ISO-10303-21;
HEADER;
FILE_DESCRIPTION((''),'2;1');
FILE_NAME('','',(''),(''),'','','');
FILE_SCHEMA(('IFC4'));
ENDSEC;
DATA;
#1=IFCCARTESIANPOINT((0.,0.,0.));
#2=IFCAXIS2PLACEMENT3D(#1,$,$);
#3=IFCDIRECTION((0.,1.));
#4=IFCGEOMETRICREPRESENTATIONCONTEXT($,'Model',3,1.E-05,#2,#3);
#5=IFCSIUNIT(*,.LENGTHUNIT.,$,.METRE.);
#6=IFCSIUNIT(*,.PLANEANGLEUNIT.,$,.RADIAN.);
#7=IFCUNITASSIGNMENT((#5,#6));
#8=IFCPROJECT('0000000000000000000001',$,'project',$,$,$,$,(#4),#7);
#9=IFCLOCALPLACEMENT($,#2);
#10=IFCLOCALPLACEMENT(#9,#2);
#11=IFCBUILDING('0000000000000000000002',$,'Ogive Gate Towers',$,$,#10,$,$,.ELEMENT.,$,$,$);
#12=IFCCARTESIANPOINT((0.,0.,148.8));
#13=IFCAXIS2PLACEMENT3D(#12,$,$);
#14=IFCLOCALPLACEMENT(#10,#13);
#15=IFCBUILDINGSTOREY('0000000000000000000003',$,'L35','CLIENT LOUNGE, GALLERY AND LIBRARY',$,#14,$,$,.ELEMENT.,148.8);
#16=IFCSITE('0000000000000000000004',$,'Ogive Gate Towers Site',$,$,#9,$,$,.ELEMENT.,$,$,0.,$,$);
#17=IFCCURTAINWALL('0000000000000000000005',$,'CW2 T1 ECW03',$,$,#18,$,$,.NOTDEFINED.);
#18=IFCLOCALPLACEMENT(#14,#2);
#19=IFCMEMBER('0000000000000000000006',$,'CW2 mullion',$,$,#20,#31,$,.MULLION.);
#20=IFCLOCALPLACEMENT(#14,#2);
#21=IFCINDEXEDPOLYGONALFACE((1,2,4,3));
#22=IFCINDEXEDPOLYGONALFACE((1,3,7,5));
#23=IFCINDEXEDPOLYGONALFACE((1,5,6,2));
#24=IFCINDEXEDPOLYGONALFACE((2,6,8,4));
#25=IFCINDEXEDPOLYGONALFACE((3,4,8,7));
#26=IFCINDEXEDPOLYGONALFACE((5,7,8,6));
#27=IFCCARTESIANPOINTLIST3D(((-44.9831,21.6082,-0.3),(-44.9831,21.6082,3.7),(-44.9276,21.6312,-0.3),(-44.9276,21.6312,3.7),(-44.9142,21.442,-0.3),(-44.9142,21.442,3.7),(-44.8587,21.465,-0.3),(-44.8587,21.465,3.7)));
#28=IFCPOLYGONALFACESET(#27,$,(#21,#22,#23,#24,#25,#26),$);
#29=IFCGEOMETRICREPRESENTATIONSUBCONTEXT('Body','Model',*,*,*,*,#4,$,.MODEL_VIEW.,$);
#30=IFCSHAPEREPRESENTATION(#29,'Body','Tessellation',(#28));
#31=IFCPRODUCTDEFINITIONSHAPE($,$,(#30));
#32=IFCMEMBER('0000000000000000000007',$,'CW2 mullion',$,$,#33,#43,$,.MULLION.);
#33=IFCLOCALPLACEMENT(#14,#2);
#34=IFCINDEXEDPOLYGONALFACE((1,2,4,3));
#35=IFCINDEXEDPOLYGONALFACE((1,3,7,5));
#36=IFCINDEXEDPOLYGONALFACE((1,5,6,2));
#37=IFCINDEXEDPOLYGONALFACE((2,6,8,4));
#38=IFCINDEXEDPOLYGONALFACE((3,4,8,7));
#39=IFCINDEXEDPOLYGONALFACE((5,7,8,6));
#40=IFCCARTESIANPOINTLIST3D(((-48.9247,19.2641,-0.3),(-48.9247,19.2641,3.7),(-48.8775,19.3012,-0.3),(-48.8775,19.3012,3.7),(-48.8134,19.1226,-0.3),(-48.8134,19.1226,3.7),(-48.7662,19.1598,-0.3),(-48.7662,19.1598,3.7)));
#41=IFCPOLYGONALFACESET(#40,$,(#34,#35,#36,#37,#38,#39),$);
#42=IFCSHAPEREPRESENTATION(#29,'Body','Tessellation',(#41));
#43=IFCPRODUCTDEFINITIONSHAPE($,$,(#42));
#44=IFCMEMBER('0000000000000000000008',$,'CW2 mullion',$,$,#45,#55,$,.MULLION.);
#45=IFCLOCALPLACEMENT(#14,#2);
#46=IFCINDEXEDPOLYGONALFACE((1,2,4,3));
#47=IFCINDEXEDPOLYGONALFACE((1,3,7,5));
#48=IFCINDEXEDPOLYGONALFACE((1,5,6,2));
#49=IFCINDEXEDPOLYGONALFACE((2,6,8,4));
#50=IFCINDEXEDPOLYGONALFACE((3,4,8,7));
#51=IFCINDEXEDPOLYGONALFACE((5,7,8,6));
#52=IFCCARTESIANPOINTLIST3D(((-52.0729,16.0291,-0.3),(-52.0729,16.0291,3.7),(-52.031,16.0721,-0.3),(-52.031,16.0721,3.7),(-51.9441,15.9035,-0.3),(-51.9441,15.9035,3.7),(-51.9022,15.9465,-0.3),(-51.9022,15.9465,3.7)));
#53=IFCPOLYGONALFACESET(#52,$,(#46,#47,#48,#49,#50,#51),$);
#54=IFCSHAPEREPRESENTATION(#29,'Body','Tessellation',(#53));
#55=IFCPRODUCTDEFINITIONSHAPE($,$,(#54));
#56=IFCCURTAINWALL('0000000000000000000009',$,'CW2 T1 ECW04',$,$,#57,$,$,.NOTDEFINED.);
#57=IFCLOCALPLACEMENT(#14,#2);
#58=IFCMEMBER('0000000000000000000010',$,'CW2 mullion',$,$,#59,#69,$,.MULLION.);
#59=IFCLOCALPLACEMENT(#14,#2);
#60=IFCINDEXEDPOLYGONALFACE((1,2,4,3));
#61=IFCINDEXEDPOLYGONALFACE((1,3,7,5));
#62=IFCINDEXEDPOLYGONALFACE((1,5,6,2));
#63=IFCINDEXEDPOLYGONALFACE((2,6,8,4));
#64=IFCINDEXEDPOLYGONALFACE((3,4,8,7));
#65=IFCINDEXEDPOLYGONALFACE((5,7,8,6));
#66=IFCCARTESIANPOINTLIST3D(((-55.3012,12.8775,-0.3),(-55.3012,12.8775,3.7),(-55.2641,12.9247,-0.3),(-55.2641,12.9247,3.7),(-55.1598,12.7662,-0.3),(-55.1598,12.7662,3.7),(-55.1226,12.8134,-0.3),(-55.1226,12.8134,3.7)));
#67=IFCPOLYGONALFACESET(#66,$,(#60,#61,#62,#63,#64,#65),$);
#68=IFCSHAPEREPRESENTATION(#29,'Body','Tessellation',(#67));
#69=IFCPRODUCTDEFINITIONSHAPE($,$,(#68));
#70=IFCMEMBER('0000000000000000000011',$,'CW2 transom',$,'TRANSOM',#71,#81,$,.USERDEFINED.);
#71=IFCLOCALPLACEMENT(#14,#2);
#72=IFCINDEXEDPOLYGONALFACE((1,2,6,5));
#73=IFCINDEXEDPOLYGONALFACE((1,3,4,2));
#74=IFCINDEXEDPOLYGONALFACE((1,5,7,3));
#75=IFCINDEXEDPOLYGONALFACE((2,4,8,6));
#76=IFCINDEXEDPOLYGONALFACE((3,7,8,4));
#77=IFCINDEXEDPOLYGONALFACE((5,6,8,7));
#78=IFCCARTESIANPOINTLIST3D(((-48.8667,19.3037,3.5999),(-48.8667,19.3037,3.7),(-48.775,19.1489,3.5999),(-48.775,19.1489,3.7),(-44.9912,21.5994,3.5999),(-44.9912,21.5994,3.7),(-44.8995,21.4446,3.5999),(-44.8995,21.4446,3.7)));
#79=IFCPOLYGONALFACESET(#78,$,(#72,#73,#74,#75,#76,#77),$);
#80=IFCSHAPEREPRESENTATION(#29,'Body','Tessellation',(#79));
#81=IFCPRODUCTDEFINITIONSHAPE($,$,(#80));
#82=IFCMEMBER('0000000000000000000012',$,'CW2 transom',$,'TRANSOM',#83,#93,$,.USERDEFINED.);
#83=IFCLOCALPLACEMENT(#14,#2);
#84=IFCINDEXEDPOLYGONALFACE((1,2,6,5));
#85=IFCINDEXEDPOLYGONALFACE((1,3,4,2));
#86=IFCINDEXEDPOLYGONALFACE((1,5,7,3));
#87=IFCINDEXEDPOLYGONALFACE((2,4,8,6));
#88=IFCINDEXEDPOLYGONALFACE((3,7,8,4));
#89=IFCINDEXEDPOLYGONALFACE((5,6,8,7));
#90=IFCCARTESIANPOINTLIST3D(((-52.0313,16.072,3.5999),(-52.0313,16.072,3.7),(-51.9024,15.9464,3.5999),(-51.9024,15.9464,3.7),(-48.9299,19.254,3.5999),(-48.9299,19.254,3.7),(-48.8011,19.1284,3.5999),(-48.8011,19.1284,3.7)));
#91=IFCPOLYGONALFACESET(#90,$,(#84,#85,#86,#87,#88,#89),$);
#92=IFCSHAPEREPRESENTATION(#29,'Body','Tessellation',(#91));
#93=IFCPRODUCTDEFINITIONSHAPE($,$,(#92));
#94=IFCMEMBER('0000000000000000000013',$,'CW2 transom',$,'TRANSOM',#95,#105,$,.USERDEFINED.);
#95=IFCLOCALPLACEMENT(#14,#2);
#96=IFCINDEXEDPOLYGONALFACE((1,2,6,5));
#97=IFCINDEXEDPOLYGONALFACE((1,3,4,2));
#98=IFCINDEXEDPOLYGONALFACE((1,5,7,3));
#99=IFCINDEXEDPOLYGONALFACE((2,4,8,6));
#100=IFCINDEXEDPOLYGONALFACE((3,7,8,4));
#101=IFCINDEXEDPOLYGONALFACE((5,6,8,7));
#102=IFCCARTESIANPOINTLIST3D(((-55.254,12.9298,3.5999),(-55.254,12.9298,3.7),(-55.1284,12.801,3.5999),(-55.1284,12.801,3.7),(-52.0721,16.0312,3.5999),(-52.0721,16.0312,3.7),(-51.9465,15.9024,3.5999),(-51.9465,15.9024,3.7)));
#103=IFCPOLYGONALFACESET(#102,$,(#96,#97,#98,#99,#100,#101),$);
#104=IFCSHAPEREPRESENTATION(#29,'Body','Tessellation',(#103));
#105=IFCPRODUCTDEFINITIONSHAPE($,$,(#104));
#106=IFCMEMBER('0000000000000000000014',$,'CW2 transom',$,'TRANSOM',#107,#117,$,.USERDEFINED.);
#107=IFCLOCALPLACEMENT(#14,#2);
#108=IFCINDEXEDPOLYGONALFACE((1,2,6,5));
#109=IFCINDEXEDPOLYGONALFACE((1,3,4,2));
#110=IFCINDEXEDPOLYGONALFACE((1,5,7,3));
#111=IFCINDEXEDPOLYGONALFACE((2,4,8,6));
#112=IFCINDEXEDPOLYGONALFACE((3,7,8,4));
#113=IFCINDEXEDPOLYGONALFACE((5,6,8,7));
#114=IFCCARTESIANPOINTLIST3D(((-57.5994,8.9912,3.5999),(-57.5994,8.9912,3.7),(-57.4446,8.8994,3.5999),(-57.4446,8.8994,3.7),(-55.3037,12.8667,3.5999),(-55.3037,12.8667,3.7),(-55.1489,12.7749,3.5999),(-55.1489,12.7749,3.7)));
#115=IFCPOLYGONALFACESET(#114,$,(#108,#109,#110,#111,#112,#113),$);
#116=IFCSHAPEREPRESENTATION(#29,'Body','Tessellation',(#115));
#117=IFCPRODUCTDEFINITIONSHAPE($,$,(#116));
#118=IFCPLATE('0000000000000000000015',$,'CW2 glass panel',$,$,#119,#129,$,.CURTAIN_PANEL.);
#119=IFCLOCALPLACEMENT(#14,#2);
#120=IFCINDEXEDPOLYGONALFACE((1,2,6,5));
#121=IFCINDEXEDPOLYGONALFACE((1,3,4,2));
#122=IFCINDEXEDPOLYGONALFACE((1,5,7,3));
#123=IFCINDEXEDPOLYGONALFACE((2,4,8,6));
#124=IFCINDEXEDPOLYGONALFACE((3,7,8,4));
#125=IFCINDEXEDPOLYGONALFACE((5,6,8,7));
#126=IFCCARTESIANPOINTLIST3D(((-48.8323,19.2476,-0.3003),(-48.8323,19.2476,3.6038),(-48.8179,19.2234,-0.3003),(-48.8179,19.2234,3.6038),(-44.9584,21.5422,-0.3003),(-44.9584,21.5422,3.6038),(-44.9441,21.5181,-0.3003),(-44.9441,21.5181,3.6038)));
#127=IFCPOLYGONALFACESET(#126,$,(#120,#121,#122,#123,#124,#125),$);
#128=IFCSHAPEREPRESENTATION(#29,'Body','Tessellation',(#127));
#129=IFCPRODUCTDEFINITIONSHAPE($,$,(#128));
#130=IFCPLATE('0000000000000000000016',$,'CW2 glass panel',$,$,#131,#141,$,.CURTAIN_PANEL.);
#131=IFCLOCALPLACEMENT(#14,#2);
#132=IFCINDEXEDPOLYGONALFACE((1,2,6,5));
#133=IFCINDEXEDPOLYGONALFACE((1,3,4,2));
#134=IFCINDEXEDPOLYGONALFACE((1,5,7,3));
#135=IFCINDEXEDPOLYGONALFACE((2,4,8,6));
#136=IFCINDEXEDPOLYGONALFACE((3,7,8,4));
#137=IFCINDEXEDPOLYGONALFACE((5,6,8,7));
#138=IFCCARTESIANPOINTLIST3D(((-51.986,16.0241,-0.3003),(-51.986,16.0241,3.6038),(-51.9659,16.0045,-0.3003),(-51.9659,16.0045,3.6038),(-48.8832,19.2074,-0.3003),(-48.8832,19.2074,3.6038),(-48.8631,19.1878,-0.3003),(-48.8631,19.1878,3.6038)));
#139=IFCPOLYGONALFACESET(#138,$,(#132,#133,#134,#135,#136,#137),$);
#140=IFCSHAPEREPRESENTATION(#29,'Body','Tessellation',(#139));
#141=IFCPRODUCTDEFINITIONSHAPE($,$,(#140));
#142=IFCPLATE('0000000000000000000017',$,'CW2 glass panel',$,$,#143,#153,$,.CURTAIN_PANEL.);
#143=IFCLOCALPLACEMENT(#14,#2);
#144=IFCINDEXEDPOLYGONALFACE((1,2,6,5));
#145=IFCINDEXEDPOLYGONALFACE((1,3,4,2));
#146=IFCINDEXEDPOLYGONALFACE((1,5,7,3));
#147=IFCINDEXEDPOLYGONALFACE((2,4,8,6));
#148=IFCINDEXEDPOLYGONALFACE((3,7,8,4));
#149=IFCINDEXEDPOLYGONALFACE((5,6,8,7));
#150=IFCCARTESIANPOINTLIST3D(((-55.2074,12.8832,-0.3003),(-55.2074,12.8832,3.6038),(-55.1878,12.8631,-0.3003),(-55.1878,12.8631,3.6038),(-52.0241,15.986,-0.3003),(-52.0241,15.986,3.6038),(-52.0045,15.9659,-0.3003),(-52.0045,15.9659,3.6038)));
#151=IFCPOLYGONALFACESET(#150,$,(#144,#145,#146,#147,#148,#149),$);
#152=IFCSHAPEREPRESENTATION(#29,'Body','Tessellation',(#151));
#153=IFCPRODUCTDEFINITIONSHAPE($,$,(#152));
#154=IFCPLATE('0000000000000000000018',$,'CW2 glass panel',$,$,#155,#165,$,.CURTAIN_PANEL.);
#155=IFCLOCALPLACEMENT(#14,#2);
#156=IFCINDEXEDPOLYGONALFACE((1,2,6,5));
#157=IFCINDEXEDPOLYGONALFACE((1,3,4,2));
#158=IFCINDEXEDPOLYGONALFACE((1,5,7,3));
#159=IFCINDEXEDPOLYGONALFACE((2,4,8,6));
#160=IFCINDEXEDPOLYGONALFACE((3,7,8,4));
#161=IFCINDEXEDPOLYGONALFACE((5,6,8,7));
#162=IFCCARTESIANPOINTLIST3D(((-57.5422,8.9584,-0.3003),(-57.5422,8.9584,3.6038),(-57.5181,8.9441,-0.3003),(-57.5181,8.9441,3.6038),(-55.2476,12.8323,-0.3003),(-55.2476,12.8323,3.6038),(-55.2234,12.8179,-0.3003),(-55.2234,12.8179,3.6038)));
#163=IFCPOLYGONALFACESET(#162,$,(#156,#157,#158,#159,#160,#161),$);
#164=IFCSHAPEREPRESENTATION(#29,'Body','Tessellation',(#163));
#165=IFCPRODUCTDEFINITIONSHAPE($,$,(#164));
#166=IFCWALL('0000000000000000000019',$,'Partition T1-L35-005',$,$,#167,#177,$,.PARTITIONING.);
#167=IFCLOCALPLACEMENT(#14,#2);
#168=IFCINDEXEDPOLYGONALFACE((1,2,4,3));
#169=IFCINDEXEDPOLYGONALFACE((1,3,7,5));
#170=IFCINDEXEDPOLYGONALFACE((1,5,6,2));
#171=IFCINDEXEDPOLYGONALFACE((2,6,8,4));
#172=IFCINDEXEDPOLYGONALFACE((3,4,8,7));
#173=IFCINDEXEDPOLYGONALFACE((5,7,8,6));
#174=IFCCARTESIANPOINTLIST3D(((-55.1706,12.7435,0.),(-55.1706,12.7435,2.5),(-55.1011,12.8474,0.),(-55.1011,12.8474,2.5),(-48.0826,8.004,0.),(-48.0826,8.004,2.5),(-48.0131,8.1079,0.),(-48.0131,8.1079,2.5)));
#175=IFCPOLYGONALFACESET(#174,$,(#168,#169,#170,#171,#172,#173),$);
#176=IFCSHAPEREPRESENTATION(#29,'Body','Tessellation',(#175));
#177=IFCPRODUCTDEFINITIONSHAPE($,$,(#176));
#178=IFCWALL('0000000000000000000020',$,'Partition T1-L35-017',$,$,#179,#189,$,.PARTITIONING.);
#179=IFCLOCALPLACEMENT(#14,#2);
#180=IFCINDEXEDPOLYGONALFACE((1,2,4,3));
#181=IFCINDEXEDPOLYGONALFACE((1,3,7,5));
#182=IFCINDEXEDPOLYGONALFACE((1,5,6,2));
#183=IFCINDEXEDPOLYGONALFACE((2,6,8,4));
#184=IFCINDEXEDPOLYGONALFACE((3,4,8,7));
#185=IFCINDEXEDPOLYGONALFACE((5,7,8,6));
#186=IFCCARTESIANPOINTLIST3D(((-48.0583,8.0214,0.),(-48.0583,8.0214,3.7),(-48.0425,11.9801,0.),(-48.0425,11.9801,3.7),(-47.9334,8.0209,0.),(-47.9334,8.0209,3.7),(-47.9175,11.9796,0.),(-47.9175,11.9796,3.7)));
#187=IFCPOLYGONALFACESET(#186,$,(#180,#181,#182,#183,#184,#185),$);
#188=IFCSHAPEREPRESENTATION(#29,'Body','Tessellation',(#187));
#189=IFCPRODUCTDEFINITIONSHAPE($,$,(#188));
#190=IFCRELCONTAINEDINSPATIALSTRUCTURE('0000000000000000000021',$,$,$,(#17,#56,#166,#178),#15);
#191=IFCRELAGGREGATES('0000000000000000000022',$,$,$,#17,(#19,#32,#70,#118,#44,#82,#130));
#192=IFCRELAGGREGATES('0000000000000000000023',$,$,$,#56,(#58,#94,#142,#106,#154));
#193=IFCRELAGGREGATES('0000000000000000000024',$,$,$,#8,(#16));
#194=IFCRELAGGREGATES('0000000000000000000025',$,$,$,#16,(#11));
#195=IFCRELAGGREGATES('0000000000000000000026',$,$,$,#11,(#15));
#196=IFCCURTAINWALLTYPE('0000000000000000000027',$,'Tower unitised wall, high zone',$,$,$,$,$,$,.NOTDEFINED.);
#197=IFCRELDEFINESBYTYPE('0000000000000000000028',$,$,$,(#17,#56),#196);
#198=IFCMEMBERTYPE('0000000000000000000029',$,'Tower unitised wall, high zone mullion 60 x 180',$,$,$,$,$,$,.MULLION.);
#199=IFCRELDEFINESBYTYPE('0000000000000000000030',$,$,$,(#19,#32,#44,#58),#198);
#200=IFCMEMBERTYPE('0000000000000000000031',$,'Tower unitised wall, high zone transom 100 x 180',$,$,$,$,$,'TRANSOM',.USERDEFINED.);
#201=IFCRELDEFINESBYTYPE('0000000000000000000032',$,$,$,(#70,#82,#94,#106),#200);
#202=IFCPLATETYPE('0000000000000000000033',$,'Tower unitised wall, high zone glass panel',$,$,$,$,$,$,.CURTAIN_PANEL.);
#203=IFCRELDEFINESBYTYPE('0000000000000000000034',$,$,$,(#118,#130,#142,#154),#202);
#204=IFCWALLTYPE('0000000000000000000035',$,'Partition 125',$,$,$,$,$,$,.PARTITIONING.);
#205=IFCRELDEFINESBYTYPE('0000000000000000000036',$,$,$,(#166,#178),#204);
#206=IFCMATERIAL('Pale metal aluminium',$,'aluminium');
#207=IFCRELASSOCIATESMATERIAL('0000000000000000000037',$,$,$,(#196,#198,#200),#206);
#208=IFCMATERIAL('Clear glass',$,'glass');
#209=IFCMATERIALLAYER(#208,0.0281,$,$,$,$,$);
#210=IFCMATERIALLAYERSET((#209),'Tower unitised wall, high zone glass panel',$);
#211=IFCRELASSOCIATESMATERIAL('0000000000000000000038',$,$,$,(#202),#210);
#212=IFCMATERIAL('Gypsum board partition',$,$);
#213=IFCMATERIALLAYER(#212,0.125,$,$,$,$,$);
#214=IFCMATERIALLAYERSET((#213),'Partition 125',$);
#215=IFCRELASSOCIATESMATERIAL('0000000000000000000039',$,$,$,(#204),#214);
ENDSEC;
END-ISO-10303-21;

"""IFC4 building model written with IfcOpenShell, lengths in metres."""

from ifc_helpers import new_model, si_unit, direction, frame, frame_2d, origin, origin_2d, place, context, subcontext, project, spatial, rectangle, extrude, material, layer, layer_set, material_profile, profile_set, type_object, element, aggregate, save


model = new_model("IFC4")

# Units and contexts
model_context = context("Model", 3, precision=1e-05, world=origin(), true_north=direction((0.0, 1.0)))
body_context = subcontext(model_context, "Body", "Model", "MODEL_VIEW")
ifc_project = project(units=[si_unit("LENGTHUNIT", "METRE"), si_unit("PLANEANGLEUNIT", "RADIAN")], contexts=[model_context])

# Site, building, storey
site_placement = place(None, origin())
site = spatial("IfcSite", under=ifc_project, at=site_placement, Name="Ogive Gate Towers Site", CompositionType="ELEMENT", RefElevation=0.0)
building_placement = place(site_placement, origin())
building = spatial("IfcBuilding", under=site, at=building_placement, Name="Ogive Gate Towers", CompositionType="ELEMENT")
storey_placement = place(building_placement, frame((0.0, 0.0, 148.8)))
storey = spatial("IfcBuildingStorey", under=building, at=storey_placement, Name="L35", Description="CLIENT LOUNGE, GALLERY AND LIBRARY", CompositionType="ELEMENT", Elevation=148.8)

# Curtain wall, members
ifc_material_1 = material(Name="Pale metal aluminium", Category="aluminium")
curtain_wall_type = type_object("IfcCurtainWallType", Name="Tower unitised wall, high zone", PredefinedType="NOTDEFINED", material=ifc_material_1)
curtain_wall_1_placement = place(storey_placement, origin())
curtain_wall_1 = element("IfcCurtainWall", 1, at=curtain_wall_1_placement, inside=storey, type_object=curtain_wall_type, Name="CW2 T1 ECW03", PredefinedType="NOTDEFINED")
ifc_material_profile_1 = material_profile(ifc_material_1, rectangle(XDim=0.1799, YDim=0.0601, at=origin_2d()), Name="60 x 180 aluminium box")
ifc_profile_set_1 = profile_set([ifc_material_profile_1], Name="Pale metal aluminium")
member_type_1 = type_object("IfcMemberType", Name="Tower unitised wall, high zone mullion 60 x 180", PredefinedType="MULLION", material=ifc_profile_set_1)
member_1_placement = place(storey_placement, frame((-44.9209, 21.5366, -0.3), z_axis=(0.0, 0.0, 1.0), x_axis=(-0.382683, 0.92388, 0.0)))
member_1 = element("IfcMember", 2, at=member_1_placement, type_object=member_type_1, Name="CW2 mullion", PredefinedType="MULLION", context=body_context, shape_type="SweptSolid", body=[
    extrude(rectangle(XDim=0.1799, YDim=0.0601, at=origin_2d()), origin(), (0.0, 0.0, 1.0), 4.0),
])
member_2_placement = place(storey_placement, frame((-48.8455, 19.2119, -0.3), z_axis=(0.0, 0.0, 1.0), x_axis=(-0.61823, 0.785997, 0.0)))
member_2 = element("IfcMember", 3, at=member_2_placement, type_object=member_type_1, Name="CW2 mullion", PredefinedType="MULLION", context=body_context, shape_type="SweptSolid", body=[
    extrude(rectangle(XDim=0.1799, YDim=0.0601, at=origin_2d()), origin(), (0.0, 0.0, 1.0), 4.0),
])
member_3_placement = place(storey_placement, frame((-51.9875, 15.9878, -0.3), z_axis=(0.0, 0.0, 1.0), x_axis=(-0.716119, 0.697978, 0.0)))
member_3 = element("IfcMember", 4, at=member_3_placement, type_object=member_type_1, Name="CW2 mullion", PredefinedType="MULLION", context=body_context, shape_type="SweptSolid", body=[
    extrude(rectangle(XDim=0.1799, YDim=0.0601, at=origin_2d()), origin(), (0.0, 0.0, 1.0), 4.0),
])

# Curtain wall, member
curtain_wall_2_placement = place(storey_placement, origin())
curtain_wall_2 = element("IfcCurtainWall", 5, at=curtain_wall_2_placement, inside=storey, type_object=curtain_wall_type, Name="CW2 T1 ECW04", PredefinedType="NOTDEFINED")
member_4_placement = place(storey_placement, frame((-55.2119, 12.8455, -0.3), z_axis=(0.0, 0.0, 1.0), x_axis=(-0.785997, 0.61823, 0.0)))
member_4 = element("IfcMember", 6, at=member_4_placement, type_object=member_type_1, Name="CW2 mullion", PredefinedType="MULLION", context=body_context, shape_type="SweptSolid", body=[
    extrude(rectangle(XDim=0.1799, YDim=0.0601, at=origin_2d()), origin(), (0.0, 0.0, 1.0), 4.0),
])

# Members
ifc_material_profile_2 = material_profile(ifc_material_1, rectangle(XDim=0.1799, YDim=0.1001, at=origin_2d()), Name="100 x 180 aluminium box")
ifc_profile_set_2 = profile_set([ifc_material_profile_2], Name="Pale metal aluminium")
member_type_2 = type_object("IfcMemberType", Name="Tower unitised wall, high zone transom 100 x 180", ElementType="TRANSOM", PredefinedType="USERDEFINED", material=ifc_profile_set_2)
member_5_placement = place(storey_placement, frame((-44.9453, 21.522, 3.6499), z_axis=(-0.860382, -0.509649, 0.0), x_axis=(0.509649, -0.860382, 0.0)))
member_5 = element("IfcMember", 7, at=member_5_placement, type_object=member_type_2, Name="CW2 transom", ObjectType="TRANSOM", PredefinedType="USERDEFINED", context=body_context, shape_type="SweptSolid", body=[
    extrude(rectangle(XDim=0.1799, YDim=0.1001, at=origin_2d()), origin(), (0.0, 0.0, 1.0), 4.5044),
])
member_6_placement = place(storey_placement, frame((-48.8655, 19.1912, 3.6499), z_axis=(-0.697983, -0.716115, 0.0), x_axis=(0.716115, -0.697983, 0.0)))
member_6 = element("IfcMember", 8, at=member_6_placement, type_object=member_type_2, Name="CW2 transom", ObjectType="TRANSOM", PredefinedType="USERDEFINED", context=body_context, shape_type="SweptSolid", body=[
    extrude(rectangle(XDim=0.1799, YDim=0.1001, at=origin_2d()), origin(), (0.0, 0.0, 1.0), 4.4434),
])
member_7_placement = place(storey_placement, frame((-52.0093, 15.9668, 3.6499), z_axis=(-0.716115, -0.697983, 0.0), x_axis=(0.697983, -0.716115, 0.0)))
member_7 = element("IfcMember", 9, at=member_7_placement, type_object=member_type_2, Name="CW2 transom", ObjectType="TRANSOM", PredefinedType="USERDEFINED", context=body_context, shape_type="SweptSolid", body=[
    extrude(rectangle(XDim=0.1799, YDim=0.1001, at=origin_2d()), origin(), (0.0, 0.0, 1.0), 4.4434),
])
member_8_placement = place(storey_placement, frame((-55.2263, 12.8208, 3.6499), z_axis=(-0.509649, -0.860382, 0.0), x_axis=(0.860382, -0.509649, 0.0)))
member_8 = element("IfcMember", 10, at=member_8_placement, type_object=member_type_2, Name="CW2 transom", ObjectType="TRANSOM", PredefinedType="USERDEFINED", context=body_context, shape_type="SweptSolid", body=[
    extrude(rectangle(XDim=0.1799, YDim=0.1001, at=origin_2d()), origin(), (0.0, 0.0, 1.0), 4.5044),
])

# Plates
ifc_material_2 = material(Name="Clear glass", Category="glass")
ifc_layer_1 = layer(ifc_material_2, 0.0281)
ifc_layer_set_1 = layer_set([ifc_layer_1], Name="Tower unitised wall, high zone glass panel")
plate_type = type_object("IfcPlateType", Name="Tower unitised wall, high zone glass panel", PredefinedType="CURTAIN_PANEL", material=ifc_layer_set_1)
plate_1_placement = place(storey_placement, frame((-46.8882, 20.3828, -0.3003), z_axis=(0.0, 0.0, 1.0), x_axis=(-0.860386, -0.509642, 0.0)))
plate_1 = element("IfcPlate", 11, at=plate_1_placement, type_object=plate_type, Name="CW2 glass panel", PredefinedType="CURTAIN_PANEL", context=body_context, shape_type="SweptSolid", body=[
    extrude(rectangle(XDim=4.5024, YDim=0.0281, at=origin_2d()), origin(), (0.0, 0.0, 1.0), 3.9041),
])
plate_2_placement = place(storey_placement, frame((-50.4246, 17.606, -0.3003), z_axis=(0.0, 0.0, 1.0), x_axis=(-0.697978, -0.716119, 0.0)))
plate_2 = element("IfcPlate", 12, at=plate_2_placement, type_object=plate_type, Name="CW2 glass panel", PredefinedType="CURTAIN_PANEL", context=body_context, shape_type="SweptSolid", body=[
    extrude(rectangle(XDim=4.4453, YDim=0.0281, at=origin_2d()), origin(), (0.0, 0.0, 1.0), 3.9041),
])
aggregate(curtain_wall_1, [member_1, member_2, member_5, plate_1, member_3, member_6, plate_2])
plate_3_placement = place(storey_placement, frame((-53.606, 14.4246, -0.3003), z_axis=(0.0, 0.0, 1.0), x_axis=(-0.716119, -0.697978, 0.0)))
plate_3 = element("IfcPlate", 13, at=plate_3_placement, type_object=plate_type, Name="CW2 glass panel", PredefinedType="CURTAIN_PANEL", context=body_context, shape_type="SweptSolid", body=[
    extrude(rectangle(XDim=4.4453, YDim=0.0281, at=origin_2d()), origin(), (0.0, 0.0, 1.0), 3.9041),
])
plate_4_placement = place(storey_placement, frame((-56.3828, 10.8882, -0.3003), z_axis=(0.0, 0.0, 1.0), x_axis=(-0.509642, -0.860386, 0.0)))
plate_4 = element("IfcPlate", 14, at=plate_4_placement, type_object=plate_type, Name="CW2 glass panel", PredefinedType="CURTAIN_PANEL", context=body_context, shape_type="SweptSolid", body=[
    extrude(rectangle(XDim=4.5024, YDim=0.0281, at=origin_2d()), origin(), (0.0, 0.0, 1.0), 3.9041),
])
aggregate(curtain_wall_2, [member_4, member_7, plate_3, member_8, plate_4])

# Walls
ifc_material_3 = material(Name="Gypsum board partition")
ifc_layer_2 = layer(ifc_material_3, 0.125)
ifc_layer_set_2 = layer_set([ifc_layer_2], Name="Partition 125")
wall_type = type_object("IfcWallType", Name="Partition 125", PredefinedType="PARTITIONING", material=ifc_layer_set_2)
wall_1_placement = place(storey_placement, frame((-55.1357, 12.7954, 0.0), z_axis=(0.0, 0.0, 1.0), x_axis=(0.831279, -0.555856, 0.0)))
element("IfcWall", 15, at=wall_1_placement, inside=storey, type_object=wall_type, Name="Partition T1-L35-005", PredefinedType="PARTITIONING", context=body_context, shape_type="SweptSolid", body=[
    extrude(rectangle(XDim=8.5266, YDim=0.125, at=frame_2d((4.2632, 0.0))), origin(), (0.0, 0.0, 1.0), 2.5),
])
wall_2_placement = place(storey_placement, frame((-47.98, 11.98, 0.0), z_axis=(0.0, 0.0, 1.0), x_axis=(-0.004009, -0.999992, 0.0)))
element("IfcWall", 16, at=wall_2_placement, inside=storey, type_object=wall_type, Name="Partition T1-L35-017", PredefinedType="PARTITIONING", context=body_context, shape_type="SweptSolid", body=[
    extrude(rectangle(XDim=3.9587, YDim=0.125, at=frame_2d((1.9795, 0.0))), origin(), (0.0, 0.0, 1.0), 3.7),
])

save(model, "model.ifc")
